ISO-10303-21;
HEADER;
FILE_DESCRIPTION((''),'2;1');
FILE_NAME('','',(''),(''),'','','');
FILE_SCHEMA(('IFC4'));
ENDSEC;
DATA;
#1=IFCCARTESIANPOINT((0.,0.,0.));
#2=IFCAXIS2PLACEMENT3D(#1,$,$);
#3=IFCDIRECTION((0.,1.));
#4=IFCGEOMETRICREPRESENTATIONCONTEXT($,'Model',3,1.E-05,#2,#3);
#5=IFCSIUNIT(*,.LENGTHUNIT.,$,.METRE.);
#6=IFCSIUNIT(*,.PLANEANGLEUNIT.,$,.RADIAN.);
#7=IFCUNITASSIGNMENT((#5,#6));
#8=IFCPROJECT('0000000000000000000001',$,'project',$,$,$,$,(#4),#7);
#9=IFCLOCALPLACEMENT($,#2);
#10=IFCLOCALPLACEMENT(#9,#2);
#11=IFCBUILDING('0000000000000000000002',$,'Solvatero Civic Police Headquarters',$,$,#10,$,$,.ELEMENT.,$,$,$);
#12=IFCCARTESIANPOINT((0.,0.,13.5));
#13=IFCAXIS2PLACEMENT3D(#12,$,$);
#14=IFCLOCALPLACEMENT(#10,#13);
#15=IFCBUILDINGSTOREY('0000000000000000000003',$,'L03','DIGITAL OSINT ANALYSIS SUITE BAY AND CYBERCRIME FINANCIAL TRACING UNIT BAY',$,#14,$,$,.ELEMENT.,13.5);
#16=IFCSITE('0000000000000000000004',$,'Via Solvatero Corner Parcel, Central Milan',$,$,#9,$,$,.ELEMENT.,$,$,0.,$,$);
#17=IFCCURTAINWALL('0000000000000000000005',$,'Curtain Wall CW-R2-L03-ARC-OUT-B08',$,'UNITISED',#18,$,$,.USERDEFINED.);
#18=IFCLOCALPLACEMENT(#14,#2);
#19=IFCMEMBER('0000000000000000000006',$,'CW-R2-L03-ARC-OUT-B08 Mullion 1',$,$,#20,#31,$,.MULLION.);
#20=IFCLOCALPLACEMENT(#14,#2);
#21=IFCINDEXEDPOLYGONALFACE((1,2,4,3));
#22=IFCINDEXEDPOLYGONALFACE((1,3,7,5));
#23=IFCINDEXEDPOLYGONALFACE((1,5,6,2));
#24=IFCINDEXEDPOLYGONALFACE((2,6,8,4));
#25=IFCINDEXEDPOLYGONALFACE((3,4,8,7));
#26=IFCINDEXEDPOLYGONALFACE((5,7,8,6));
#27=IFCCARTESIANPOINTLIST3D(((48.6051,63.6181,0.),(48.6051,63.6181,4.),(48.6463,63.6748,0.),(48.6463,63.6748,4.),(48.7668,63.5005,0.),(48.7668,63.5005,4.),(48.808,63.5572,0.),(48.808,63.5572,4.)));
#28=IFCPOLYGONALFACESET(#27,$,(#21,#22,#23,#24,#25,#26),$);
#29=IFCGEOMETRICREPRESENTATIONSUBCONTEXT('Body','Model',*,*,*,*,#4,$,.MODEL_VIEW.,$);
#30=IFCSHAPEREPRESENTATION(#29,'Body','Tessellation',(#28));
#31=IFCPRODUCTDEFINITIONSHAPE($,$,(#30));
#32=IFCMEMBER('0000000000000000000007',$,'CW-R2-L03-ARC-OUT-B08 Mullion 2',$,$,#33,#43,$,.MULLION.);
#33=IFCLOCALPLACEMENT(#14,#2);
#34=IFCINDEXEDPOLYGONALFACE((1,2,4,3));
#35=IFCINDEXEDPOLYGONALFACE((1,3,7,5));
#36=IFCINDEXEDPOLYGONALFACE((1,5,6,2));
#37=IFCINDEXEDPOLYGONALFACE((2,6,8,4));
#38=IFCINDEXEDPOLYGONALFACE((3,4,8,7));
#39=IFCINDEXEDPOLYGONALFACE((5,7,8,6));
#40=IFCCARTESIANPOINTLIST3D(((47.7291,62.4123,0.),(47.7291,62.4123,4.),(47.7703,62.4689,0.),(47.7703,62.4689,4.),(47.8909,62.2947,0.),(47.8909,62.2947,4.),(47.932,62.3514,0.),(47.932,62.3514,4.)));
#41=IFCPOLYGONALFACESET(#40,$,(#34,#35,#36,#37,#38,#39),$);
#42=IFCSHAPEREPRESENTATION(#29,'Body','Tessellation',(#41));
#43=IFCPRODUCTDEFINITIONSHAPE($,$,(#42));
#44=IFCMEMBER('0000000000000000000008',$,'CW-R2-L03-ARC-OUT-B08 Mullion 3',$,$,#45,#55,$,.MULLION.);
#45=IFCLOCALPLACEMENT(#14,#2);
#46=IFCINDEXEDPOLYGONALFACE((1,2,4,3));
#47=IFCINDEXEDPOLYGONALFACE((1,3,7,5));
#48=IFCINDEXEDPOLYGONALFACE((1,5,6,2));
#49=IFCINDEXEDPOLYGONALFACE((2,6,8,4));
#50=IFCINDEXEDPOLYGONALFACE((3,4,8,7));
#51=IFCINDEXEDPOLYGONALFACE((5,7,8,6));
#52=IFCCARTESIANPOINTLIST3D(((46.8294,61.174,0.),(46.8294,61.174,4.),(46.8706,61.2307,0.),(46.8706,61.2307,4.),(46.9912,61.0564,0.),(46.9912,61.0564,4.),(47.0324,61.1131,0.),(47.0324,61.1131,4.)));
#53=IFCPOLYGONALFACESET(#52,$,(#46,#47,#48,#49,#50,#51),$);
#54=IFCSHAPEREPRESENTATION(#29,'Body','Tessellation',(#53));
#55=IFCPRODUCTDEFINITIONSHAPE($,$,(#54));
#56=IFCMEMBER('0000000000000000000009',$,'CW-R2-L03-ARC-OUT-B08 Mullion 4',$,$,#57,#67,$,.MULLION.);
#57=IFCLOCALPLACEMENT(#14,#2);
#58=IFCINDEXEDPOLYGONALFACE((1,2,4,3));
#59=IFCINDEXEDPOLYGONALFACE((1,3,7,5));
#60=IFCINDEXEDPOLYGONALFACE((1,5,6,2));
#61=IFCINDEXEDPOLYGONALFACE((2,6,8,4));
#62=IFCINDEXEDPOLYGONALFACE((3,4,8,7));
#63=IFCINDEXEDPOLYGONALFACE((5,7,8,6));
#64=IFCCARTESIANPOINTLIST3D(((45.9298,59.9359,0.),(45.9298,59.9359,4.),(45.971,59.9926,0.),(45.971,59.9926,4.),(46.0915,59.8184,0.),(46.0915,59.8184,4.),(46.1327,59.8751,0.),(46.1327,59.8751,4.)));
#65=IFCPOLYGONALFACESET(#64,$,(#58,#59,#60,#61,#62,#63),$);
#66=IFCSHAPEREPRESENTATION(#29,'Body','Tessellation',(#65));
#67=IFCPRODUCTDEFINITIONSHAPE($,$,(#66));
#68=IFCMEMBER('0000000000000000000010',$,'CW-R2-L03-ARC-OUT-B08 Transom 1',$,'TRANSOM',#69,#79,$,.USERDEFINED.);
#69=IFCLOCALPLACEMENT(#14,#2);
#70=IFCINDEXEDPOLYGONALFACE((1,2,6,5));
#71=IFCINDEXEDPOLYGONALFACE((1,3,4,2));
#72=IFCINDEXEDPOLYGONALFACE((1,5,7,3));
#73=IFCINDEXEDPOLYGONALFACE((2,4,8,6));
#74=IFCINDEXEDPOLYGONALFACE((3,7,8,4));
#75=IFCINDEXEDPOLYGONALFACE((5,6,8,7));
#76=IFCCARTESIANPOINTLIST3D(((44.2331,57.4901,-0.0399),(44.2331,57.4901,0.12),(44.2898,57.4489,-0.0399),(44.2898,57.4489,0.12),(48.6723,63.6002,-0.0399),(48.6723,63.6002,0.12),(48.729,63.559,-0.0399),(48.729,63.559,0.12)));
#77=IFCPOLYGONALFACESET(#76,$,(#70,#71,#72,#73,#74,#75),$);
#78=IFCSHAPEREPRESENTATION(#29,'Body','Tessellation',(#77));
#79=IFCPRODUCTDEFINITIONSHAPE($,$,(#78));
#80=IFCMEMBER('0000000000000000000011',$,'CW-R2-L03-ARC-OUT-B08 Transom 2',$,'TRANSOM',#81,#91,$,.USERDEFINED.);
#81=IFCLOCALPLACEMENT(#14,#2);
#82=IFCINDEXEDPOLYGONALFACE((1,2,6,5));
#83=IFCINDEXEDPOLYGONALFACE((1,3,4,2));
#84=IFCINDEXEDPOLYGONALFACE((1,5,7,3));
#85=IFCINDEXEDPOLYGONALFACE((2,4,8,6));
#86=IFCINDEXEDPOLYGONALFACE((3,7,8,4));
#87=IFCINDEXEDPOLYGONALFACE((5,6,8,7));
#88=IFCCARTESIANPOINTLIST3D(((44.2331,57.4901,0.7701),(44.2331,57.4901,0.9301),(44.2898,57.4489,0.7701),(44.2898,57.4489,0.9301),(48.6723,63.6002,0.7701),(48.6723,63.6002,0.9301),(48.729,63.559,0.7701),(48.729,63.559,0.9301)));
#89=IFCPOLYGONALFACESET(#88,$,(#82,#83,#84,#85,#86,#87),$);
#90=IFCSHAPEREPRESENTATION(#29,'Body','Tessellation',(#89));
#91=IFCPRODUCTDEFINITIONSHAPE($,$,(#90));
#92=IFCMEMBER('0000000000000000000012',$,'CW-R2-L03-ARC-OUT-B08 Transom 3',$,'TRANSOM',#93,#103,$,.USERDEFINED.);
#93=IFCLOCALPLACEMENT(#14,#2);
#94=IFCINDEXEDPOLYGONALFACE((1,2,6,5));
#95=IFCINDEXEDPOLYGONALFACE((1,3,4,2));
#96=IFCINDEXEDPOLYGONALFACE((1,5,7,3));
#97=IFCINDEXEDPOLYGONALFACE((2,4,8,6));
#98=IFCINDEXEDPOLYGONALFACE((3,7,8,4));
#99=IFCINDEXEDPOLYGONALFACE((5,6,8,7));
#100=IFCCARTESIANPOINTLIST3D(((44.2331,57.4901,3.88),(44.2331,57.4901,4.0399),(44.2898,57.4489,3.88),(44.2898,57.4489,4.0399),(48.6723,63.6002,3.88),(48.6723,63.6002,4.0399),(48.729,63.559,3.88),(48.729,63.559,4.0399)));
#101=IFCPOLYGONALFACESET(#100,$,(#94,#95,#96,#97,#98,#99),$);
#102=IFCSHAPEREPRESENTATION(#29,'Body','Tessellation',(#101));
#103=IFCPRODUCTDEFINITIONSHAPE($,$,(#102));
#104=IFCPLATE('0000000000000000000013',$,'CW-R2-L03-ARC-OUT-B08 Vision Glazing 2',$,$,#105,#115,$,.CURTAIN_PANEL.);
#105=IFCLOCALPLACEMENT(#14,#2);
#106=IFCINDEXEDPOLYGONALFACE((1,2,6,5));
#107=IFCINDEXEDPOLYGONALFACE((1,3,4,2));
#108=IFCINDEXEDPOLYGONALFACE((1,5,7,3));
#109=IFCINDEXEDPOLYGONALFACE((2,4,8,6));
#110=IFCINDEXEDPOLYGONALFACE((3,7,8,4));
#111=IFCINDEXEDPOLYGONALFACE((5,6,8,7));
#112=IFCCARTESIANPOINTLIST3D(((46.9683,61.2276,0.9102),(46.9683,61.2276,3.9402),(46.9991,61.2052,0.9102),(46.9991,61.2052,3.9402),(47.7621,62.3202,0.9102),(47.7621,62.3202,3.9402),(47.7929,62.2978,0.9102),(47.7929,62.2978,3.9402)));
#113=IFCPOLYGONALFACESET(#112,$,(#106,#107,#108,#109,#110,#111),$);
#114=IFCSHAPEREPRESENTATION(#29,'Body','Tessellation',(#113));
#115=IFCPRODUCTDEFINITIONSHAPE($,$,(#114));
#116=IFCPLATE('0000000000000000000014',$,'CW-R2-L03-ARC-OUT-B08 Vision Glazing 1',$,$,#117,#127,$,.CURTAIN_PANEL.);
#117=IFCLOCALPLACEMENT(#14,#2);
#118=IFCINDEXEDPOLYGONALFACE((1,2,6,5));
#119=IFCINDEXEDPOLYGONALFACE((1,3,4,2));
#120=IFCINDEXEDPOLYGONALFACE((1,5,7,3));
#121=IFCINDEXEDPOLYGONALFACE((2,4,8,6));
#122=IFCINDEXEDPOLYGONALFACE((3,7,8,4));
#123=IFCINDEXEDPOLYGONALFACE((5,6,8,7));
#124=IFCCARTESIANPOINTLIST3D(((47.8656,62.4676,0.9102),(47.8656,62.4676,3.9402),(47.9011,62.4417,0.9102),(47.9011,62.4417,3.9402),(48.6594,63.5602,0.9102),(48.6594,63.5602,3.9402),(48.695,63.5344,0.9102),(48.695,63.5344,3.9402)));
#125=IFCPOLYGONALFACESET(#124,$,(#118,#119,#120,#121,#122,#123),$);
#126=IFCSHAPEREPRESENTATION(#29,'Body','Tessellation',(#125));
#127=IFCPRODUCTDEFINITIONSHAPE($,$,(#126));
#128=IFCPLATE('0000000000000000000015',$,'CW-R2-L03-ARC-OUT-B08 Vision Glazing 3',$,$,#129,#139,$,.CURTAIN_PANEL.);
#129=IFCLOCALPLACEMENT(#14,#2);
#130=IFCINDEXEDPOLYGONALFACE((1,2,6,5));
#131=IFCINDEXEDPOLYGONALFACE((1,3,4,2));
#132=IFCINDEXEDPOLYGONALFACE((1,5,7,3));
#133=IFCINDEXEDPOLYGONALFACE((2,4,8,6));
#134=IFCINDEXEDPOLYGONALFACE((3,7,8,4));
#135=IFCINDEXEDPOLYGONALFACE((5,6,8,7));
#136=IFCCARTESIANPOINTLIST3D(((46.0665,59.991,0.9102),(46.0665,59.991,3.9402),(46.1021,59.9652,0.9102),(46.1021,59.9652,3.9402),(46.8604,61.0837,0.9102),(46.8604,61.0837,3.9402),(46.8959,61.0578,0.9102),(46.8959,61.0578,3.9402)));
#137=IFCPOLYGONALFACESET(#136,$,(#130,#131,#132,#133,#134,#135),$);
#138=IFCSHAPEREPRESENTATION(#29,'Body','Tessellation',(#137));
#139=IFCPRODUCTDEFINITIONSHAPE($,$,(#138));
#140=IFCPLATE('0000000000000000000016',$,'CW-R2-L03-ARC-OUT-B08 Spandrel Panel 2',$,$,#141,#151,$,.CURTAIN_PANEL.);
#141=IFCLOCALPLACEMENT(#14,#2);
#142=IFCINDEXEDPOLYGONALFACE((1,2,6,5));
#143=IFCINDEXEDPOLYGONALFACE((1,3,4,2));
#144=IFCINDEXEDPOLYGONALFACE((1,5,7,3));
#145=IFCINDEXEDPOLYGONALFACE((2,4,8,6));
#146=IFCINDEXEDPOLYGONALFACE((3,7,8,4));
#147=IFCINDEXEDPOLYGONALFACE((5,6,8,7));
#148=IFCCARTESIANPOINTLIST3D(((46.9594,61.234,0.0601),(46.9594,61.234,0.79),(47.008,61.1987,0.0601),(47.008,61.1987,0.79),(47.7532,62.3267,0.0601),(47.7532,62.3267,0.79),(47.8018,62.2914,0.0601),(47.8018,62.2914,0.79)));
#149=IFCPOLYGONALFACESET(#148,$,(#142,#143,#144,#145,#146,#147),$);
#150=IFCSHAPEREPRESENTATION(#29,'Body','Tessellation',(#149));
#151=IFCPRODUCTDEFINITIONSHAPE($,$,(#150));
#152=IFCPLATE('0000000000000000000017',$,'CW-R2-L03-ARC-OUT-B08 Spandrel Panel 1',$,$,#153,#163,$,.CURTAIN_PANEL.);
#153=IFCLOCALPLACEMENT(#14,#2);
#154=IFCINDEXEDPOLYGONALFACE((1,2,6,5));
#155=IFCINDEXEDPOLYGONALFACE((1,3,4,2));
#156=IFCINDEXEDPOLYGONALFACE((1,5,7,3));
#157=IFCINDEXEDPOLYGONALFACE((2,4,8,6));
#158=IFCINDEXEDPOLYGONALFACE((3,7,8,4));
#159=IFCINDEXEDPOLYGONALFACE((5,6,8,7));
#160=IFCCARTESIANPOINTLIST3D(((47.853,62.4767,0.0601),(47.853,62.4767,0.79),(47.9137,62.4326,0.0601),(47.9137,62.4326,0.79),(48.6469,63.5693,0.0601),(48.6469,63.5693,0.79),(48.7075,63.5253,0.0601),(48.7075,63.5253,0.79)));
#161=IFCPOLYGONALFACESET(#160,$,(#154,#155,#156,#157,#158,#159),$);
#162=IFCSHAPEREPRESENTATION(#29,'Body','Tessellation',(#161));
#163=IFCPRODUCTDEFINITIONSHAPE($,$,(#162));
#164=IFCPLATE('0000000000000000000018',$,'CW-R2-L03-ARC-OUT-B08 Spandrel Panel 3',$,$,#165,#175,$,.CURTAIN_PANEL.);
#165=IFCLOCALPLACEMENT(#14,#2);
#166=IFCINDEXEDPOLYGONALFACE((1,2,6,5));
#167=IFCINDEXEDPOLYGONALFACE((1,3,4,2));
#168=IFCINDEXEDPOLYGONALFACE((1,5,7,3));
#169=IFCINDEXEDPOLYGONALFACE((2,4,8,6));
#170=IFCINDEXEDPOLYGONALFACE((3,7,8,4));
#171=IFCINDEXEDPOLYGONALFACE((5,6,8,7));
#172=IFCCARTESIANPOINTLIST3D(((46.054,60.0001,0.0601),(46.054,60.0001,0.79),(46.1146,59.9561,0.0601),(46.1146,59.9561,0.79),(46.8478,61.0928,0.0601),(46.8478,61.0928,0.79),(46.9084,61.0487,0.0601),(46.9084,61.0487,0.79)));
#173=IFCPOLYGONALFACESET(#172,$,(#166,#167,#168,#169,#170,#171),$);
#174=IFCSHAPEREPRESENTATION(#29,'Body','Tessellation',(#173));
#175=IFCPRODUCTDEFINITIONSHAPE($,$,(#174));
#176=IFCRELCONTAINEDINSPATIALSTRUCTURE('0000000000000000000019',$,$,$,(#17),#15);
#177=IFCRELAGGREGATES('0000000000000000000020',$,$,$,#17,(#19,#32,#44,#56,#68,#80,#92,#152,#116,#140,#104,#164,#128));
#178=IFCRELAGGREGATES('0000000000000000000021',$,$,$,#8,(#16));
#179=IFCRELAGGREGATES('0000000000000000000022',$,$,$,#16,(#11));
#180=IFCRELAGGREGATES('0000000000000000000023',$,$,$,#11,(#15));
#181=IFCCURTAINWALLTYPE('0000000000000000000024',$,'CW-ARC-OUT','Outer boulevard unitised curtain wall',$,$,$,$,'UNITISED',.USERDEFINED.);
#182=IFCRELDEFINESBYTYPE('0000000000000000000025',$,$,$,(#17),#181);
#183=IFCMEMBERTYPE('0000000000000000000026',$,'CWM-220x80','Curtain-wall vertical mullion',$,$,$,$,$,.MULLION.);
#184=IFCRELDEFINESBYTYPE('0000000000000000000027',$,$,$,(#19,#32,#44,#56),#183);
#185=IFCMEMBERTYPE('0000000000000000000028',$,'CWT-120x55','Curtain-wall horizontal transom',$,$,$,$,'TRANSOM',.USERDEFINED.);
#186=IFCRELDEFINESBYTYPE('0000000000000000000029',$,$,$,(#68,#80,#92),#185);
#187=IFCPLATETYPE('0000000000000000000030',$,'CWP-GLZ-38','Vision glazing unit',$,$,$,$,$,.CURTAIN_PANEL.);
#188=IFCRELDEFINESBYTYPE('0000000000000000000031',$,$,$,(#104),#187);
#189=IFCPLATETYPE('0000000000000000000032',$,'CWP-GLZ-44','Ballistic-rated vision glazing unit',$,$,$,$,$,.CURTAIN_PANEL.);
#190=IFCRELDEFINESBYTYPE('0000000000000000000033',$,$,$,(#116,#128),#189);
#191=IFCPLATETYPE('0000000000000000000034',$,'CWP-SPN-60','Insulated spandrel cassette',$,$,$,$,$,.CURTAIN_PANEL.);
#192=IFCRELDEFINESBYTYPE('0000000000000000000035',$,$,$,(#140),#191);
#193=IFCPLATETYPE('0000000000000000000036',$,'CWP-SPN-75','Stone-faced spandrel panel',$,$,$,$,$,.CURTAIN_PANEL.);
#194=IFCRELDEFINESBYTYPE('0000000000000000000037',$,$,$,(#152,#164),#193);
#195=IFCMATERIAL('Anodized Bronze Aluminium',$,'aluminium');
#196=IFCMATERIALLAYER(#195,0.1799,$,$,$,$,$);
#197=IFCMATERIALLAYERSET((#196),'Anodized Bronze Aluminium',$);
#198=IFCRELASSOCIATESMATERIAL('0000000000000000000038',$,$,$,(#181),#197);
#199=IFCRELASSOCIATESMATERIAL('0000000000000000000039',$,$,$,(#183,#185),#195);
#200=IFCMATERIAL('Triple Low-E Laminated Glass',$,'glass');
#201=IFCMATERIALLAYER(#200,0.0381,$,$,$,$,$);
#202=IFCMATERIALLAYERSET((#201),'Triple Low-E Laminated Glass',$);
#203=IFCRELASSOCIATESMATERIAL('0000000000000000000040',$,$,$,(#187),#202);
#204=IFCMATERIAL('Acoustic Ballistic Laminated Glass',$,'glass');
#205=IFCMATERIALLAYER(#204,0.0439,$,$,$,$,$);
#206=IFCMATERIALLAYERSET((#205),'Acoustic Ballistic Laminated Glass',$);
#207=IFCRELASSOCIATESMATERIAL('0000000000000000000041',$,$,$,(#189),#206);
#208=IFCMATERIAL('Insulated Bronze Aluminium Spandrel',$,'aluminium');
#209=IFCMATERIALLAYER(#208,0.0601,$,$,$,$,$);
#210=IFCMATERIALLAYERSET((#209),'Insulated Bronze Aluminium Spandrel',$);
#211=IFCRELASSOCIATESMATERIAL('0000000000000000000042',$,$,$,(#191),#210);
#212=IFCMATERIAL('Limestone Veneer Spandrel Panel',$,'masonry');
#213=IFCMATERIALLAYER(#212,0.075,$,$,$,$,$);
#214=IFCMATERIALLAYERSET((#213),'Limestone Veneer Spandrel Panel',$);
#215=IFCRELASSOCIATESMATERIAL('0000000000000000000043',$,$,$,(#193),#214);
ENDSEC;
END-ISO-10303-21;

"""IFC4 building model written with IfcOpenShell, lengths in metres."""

from ifc_helpers import new_model, si_unit, direction, frame, origin, origin_2d, place, context, subcontext, project, spatial, rectangle, extrude, material, layer, layer_set, material_profile, profile_set, type_object, element, aggregate, save


model = new_model("IFC4")

# Units and contexts
model_context = context("Model", 3, precision=1e-05, world=origin(), true_north=direction((0.0, 1.0)))
body_context = subcontext(model_context, "Body", "Model", "MODEL_VIEW")
ifc_project = project(units=[si_unit("LENGTHUNIT", "METRE"), si_unit("PLANEANGLEUNIT", "RADIAN")], contexts=[model_context])

# Site, building, storey
site_placement = place(None, origin())
site = spatial("IfcSite", under=ifc_project, at=site_placement, Name="Via Solvatero Corner Parcel, Central Milan", CompositionType="ELEMENT", RefElevation=0.0)
building_placement = place(site_placement, origin())
building = spatial("IfcBuilding", under=site, at=building_placement, Name="Solvatero Civic Police Headquarters", CompositionType="ELEMENT")
storey_placement = place(building_placement, frame((0.0, 0.0, 13.5)))
storey = spatial("IfcBuildingStorey", under=building, at=storey_placement, Name="L03", Description="DIGITAL OSINT ANALYSIS SUITE BAY AND CYBERCRIME FINANCIAL TRACING UNIT BAY", CompositionType="ELEMENT", Elevation=13.5)

# Curtain wall, members, plates
ifc_material_1 = material(Name="Anodized Bronze Aluminium", Category="aluminium")
ifc_layer_1 = layer(ifc_material_1, 0.1799)
ifc_layer_set_1 = layer_set([ifc_layer_1], Name="Anodized Bronze Aluminium")
curtain_wall_type = type_object("IfcCurtainWallType", Name="CW-ARC-OUT", Description="Outer boulevard unitised curtain wall", ElementType="UNITISED", PredefinedType="USERDEFINED", material=ifc_layer_set_1)
curtain_wall_placement = place(storey_placement, origin())
curtain_wall = element("IfcCurtainWall", 1, at=curtain_wall_placement, inside=storey, type_object=curtain_wall_type, Name="Curtain Wall CW-R2-L03-ARC-OUT-B08", ObjectType="UNITISED", PredefinedType="USERDEFINED")
ifc_material_profile_1 = material_profile(ifc_material_1, rectangle(XDim=0.0701, YDim=0.2, at=origin_2d()), Name="ALU MULLION 70x200")
ifc_profile_set_1 = profile_set([ifc_material_profile_1], Name="Anodized Bronze Aluminium")
member_type_1 = type_object("IfcMemberType", Name="CWM-220x80", Description="Curtain-wall vertical mullion", PredefinedType="MULLION", material=ifc_profile_set_1)
member_1_placement = place(storey_placement, frame((48.7065, 63.5876, 0.0), z_axis=(0.0, 0.0, 1.0), x_axis=(-0.587785, -0.809017, 0.0)))
member_1 = element("IfcMember", 2, at=member_1_placement, type_object=member_type_1, Name="CW-R2-L03-ARC-OUT-B08 Mullion 1", PredefinedType="MULLION", context=body_context, shape_type="SweptSolid", body=[
    extrude(rectangle(XDim=0.0701, YDim=0.2, at=origin_2d()), origin(), (0.0, 0.0, 1.0), 4.0),
])
member_2_placement = place(storey_placement, frame((47.8306, 62.3818, 0.0), z_axis=(0.0, 0.0, 1.0), x_axis=(-0.587785, -0.809017, 0.0)))
member_2 = element("IfcMember", 3, at=member_2_placement, type_object=member_type_1, Name="CW-R2-L03-ARC-OUT-B08 Mullion 2", PredefinedType="MULLION", context=body_context, shape_type="SweptSolid", body=[
    extrude(rectangle(XDim=0.0701, YDim=0.2, at=origin_2d()), origin(), (0.0, 0.0, 1.0), 4.0),
])
member_3_placement = place(storey_placement, frame((46.9309, 61.1436, 0.0), z_axis=(0.0, 0.0, 1.0), x_axis=(-0.587785, -0.809017, 0.0)))
member_3 = element("IfcMember", 4, at=member_3_placement, type_object=member_type_1, Name="CW-R2-L03-ARC-OUT-B08 Mullion 3", PredefinedType="MULLION", context=body_context, shape_type="SweptSolid", body=[
    extrude(rectangle(XDim=0.0701, YDim=0.2, at=origin_2d()), origin(), (0.0, 0.0, 1.0), 4.0),
])
member_4_placement = place(storey_placement, frame((46.0312, 59.9055, 0.0), z_axis=(0.0, 0.0, 1.0), x_axis=(-0.587785, -0.809017, 0.0)))
member_4 = element("IfcMember", 5, at=member_4_placement, type_object=member_type_1, Name="CW-R2-L03-ARC-OUT-B08 Mullion 4", PredefinedType="MULLION", context=body_context, shape_type="SweptSolid", body=[
    extrude(rectangle(XDim=0.0701, YDim=0.2, at=origin_2d()), origin(), (0.0, 0.0, 1.0), 4.0),
])
ifc_material_profile_2 = material_profile(ifc_material_1, rectangle(XDim=0.0701, YDim=0.1599, at=origin_2d()), Name="ALU TRANSOM 70x160")
ifc_profile_set_2 = profile_set([ifc_material_profile_2], Name="Anodized Bronze Aluminium")
member_type_2 = type_object("IfcMemberType", Name="CWT-120x55", Description="Curtain-wall horizontal transom", ElementType="TRANSOM", PredefinedType="USERDEFINED", material=ifc_profile_set_2)
member_5_placement = place(storey_placement, frame((48.7007, 63.5796, 0.04), z_axis=(-0.587781, -0.80902, 0.0), x_axis=(0.80902, -0.587781, 0.0)))
member_5 = element("IfcMember", 6, at=member_5_placement, type_object=member_type_2, Name="CW-R2-L03-ARC-OUT-B08 Transom 1", ObjectType="TRANSOM", PredefinedType="USERDEFINED", context=body_context, shape_type="SweptSolid", body=[
    extrude(rectangle(XDim=0.0701, YDim=0.1599, at=origin_2d()), origin(), (0.0, 0.0, 1.0), 7.5525),
])
member_6_placement = place(storey_placement, frame((48.7007, 63.5796, 0.8501), z_axis=(-0.587781, -0.80902, 0.0), x_axis=(0.80902, -0.587781, 0.0)))
member_6 = element("IfcMember", 7, at=member_6_placement, type_object=member_type_2, Name="CW-R2-L03-ARC-OUT-B08 Transom 2", ObjectType="TRANSOM", PredefinedType="USERDEFINED", context=body_context, shape_type="SweptSolid", body=[
    extrude(rectangle(XDim=0.0701, YDim=0.1599, at=origin_2d()), origin(), (0.0, 0.0, 1.0), 7.5525),
])
member_7_placement = place(storey_placement, frame((48.7007, 63.5796, 3.96), z_axis=(-0.587781, -0.80902, 0.0), x_axis=(0.80902, -0.587781, 0.0)))
member_7 = element("IfcMember", 8, at=member_7_placement, type_object=member_type_2, Name="CW-R2-L03-ARC-OUT-B08 Transom 3", ObjectType="TRANSOM", PredefinedType="USERDEFINED", context=body_context, shape_type="SweptSolid", body=[
    extrude(rectangle(XDim=0.0701, YDim=0.1599, at=origin_2d()), origin(), (0.0, 0.0, 1.0), 7.5525),
])
ifc_material_2 = material(Name="Triple Low-E Laminated Glass", Category="glass")
ifc_layer_2 = layer(ifc_material_2, 0.0381)
ifc_layer_set_2 = layer_set([ifc_layer_2], Name="Triple Low-E Laminated Glass")
plate_type_1 = type_object("IfcPlateType", Name="CWP-GLZ-38", Description="Vision glazing unit", PredefinedType="CURTAIN_PANEL", material=ifc_layer_set_2)
plate_1_placement = place(storey_placement, frame((47.3806, 61.7627, 0.9102), z_axis=(0.0, 0.0, 1.0), x_axis=(-0.587785, -0.809017, 0.0)))
plate_1 = element("IfcPlate", 9, at=plate_1_placement, type_object=plate_type_1, Name="CW-R2-L03-ARC-OUT-B08 Vision Glazing 2", PredefinedType="CURTAIN_PANEL", context=body_context, shape_type="SweptSolid", body=[
    extrude(rectangle(XDim=1.3506, YDim=0.0381, at=origin_2d()), origin(), (0.0, 0.0, 1.0), 3.03),
])
ifc_material_3 = material(Name="Acoustic Ballistic Laminated Glass", Category="glass")
ifc_layer_3 = layer(ifc_material_3, 0.0439)
ifc_layer_set_3 = layer_set([ifc_layer_3], Name="Acoustic Ballistic Laminated Glass")
plate_type_2 = type_object("IfcPlateType", Name="CWP-GLZ-44", Description="Ballistic-rated vision glazing unit", PredefinedType="CURTAIN_PANEL", material=ifc_layer_set_3)
plate_2_placement = place(storey_placement, frame((48.2803, 63.001, 0.9102), z_axis=(0.0, 0.0, 1.0), x_axis=(-0.587785, -0.809017, 0.0)))
plate_2 = element("IfcPlate", 10, at=plate_2_placement, type_object=plate_type_2, Name="CW-R2-L03-ARC-OUT-B08 Vision Glazing 1", PredefinedType="CURTAIN_PANEL", context=body_context, shape_type="SweptSolid", body=[
    extrude(rectangle(XDim=1.3506, YDim=0.0439, at=origin_2d()), origin(), (0.0, 0.0, 1.0), 3.03),
])
plate_3_placement = place(storey_placement, frame((46.4812, 60.5244, 0.9102), z_axis=(0.0, 0.0, 1.0), x_axis=(-0.587785, -0.809017, 0.0)))
plate_3 = element("IfcPlate", 11, at=plate_3_placement, type_object=plate_type_2, Name="CW-R2-L03-ARC-OUT-B08 Vision Glazing 3", PredefinedType="CURTAIN_PANEL", context=body_context, shape_type="SweptSolid", body=[
    extrude(rectangle(XDim=1.3506, YDim=0.0439, at=origin_2d()), origin(), (0.0, 0.0, 1.0), 3.03),
])
ifc_material_4 = material(Name="Insulated Bronze Aluminium Spandrel", Category="aluminium")
ifc_layer_4 = layer(ifc_material_4, 0.0601)
ifc_layer_set_4 = layer_set([ifc_layer_4], Name="Insulated Bronze Aluminium Spandrel")
plate_type_3 = type_object("IfcPlateType", Name="CWP-SPN-60", Description="Insulated spandrel cassette", PredefinedType="CURTAIN_PANEL", material=ifc_layer_set_4)
plate_4_placement = place(storey_placement, frame((47.3806, 61.7627, 0.0601), z_axis=(0.0, 0.0, 1.0), x_axis=(-0.587785, -0.809017, 0.0)))
plate_4 = element("IfcPlate", 12, at=plate_4_placement, type_object=plate_type_3, Name="CW-R2-L03-ARC-OUT-B08 Spandrel Panel 2", PredefinedType="CURTAIN_PANEL", context=body_context, shape_type="SweptSolid", body=[
    extrude(rectangle(XDim=1.3506, YDim=0.0601, at=origin_2d()), origin(), (0.0, 0.0, 1.0), 0.73),
])
ifc_material_5 = material(Name="Limestone Veneer Spandrel Panel", Category="masonry")
ifc_layer_5 = layer(ifc_material_5, 0.075)
ifc_layer_set_5 = layer_set([ifc_layer_5], Name="Limestone Veneer Spandrel Panel")
plate_type_4 = type_object("IfcPlateType", Name="CWP-SPN-75", Description="Stone-faced spandrel panel", PredefinedType="CURTAIN_PANEL", material=ifc_layer_set_5)
plate_5_placement = place(storey_placement, frame((48.2803, 63.001, 0.0601), z_axis=(0.0, 0.0, 1.0), x_axis=(-0.587785, -0.809017, 0.0)))
plate_5 = element("IfcPlate", 13, at=plate_5_placement, type_object=plate_type_4, Name="CW-R2-L03-ARC-OUT-B08 Spandrel Panel 1", PredefinedType="CURTAIN_PANEL", context=body_context, shape_type="SweptSolid", body=[
    extrude(rectangle(XDim=1.3506, YDim=0.075, at=origin_2d()), origin(), (0.0, 0.0, 1.0), 0.73),
])
plate_6_placement = place(storey_placement, frame((46.4812, 60.5244, 0.0601), z_axis=(0.0, 0.0, 1.0), x_axis=(-0.587785, -0.809017, 0.0)))
plate_6 = element("IfcPlate", 14, at=plate_6_placement, type_object=plate_type_4, Name="CW-R2-L03-ARC-OUT-B08 Spandrel Panel 3", PredefinedType="CURTAIN_PANEL", context=body_context, shape_type="SweptSolid", body=[
    extrude(rectangle(XDim=1.3506, YDim=0.075, at=origin_2d()), origin(), (0.0, 0.0, 1.0), 0.73),
])
aggregate(curtain_wall, [member_1, member_2, member_3, member_4, member_5, member_6, member_7, plate_5, plate_2, plate_4, plate_1, plate_6, plate_3])

save(model, "model.ifc")
